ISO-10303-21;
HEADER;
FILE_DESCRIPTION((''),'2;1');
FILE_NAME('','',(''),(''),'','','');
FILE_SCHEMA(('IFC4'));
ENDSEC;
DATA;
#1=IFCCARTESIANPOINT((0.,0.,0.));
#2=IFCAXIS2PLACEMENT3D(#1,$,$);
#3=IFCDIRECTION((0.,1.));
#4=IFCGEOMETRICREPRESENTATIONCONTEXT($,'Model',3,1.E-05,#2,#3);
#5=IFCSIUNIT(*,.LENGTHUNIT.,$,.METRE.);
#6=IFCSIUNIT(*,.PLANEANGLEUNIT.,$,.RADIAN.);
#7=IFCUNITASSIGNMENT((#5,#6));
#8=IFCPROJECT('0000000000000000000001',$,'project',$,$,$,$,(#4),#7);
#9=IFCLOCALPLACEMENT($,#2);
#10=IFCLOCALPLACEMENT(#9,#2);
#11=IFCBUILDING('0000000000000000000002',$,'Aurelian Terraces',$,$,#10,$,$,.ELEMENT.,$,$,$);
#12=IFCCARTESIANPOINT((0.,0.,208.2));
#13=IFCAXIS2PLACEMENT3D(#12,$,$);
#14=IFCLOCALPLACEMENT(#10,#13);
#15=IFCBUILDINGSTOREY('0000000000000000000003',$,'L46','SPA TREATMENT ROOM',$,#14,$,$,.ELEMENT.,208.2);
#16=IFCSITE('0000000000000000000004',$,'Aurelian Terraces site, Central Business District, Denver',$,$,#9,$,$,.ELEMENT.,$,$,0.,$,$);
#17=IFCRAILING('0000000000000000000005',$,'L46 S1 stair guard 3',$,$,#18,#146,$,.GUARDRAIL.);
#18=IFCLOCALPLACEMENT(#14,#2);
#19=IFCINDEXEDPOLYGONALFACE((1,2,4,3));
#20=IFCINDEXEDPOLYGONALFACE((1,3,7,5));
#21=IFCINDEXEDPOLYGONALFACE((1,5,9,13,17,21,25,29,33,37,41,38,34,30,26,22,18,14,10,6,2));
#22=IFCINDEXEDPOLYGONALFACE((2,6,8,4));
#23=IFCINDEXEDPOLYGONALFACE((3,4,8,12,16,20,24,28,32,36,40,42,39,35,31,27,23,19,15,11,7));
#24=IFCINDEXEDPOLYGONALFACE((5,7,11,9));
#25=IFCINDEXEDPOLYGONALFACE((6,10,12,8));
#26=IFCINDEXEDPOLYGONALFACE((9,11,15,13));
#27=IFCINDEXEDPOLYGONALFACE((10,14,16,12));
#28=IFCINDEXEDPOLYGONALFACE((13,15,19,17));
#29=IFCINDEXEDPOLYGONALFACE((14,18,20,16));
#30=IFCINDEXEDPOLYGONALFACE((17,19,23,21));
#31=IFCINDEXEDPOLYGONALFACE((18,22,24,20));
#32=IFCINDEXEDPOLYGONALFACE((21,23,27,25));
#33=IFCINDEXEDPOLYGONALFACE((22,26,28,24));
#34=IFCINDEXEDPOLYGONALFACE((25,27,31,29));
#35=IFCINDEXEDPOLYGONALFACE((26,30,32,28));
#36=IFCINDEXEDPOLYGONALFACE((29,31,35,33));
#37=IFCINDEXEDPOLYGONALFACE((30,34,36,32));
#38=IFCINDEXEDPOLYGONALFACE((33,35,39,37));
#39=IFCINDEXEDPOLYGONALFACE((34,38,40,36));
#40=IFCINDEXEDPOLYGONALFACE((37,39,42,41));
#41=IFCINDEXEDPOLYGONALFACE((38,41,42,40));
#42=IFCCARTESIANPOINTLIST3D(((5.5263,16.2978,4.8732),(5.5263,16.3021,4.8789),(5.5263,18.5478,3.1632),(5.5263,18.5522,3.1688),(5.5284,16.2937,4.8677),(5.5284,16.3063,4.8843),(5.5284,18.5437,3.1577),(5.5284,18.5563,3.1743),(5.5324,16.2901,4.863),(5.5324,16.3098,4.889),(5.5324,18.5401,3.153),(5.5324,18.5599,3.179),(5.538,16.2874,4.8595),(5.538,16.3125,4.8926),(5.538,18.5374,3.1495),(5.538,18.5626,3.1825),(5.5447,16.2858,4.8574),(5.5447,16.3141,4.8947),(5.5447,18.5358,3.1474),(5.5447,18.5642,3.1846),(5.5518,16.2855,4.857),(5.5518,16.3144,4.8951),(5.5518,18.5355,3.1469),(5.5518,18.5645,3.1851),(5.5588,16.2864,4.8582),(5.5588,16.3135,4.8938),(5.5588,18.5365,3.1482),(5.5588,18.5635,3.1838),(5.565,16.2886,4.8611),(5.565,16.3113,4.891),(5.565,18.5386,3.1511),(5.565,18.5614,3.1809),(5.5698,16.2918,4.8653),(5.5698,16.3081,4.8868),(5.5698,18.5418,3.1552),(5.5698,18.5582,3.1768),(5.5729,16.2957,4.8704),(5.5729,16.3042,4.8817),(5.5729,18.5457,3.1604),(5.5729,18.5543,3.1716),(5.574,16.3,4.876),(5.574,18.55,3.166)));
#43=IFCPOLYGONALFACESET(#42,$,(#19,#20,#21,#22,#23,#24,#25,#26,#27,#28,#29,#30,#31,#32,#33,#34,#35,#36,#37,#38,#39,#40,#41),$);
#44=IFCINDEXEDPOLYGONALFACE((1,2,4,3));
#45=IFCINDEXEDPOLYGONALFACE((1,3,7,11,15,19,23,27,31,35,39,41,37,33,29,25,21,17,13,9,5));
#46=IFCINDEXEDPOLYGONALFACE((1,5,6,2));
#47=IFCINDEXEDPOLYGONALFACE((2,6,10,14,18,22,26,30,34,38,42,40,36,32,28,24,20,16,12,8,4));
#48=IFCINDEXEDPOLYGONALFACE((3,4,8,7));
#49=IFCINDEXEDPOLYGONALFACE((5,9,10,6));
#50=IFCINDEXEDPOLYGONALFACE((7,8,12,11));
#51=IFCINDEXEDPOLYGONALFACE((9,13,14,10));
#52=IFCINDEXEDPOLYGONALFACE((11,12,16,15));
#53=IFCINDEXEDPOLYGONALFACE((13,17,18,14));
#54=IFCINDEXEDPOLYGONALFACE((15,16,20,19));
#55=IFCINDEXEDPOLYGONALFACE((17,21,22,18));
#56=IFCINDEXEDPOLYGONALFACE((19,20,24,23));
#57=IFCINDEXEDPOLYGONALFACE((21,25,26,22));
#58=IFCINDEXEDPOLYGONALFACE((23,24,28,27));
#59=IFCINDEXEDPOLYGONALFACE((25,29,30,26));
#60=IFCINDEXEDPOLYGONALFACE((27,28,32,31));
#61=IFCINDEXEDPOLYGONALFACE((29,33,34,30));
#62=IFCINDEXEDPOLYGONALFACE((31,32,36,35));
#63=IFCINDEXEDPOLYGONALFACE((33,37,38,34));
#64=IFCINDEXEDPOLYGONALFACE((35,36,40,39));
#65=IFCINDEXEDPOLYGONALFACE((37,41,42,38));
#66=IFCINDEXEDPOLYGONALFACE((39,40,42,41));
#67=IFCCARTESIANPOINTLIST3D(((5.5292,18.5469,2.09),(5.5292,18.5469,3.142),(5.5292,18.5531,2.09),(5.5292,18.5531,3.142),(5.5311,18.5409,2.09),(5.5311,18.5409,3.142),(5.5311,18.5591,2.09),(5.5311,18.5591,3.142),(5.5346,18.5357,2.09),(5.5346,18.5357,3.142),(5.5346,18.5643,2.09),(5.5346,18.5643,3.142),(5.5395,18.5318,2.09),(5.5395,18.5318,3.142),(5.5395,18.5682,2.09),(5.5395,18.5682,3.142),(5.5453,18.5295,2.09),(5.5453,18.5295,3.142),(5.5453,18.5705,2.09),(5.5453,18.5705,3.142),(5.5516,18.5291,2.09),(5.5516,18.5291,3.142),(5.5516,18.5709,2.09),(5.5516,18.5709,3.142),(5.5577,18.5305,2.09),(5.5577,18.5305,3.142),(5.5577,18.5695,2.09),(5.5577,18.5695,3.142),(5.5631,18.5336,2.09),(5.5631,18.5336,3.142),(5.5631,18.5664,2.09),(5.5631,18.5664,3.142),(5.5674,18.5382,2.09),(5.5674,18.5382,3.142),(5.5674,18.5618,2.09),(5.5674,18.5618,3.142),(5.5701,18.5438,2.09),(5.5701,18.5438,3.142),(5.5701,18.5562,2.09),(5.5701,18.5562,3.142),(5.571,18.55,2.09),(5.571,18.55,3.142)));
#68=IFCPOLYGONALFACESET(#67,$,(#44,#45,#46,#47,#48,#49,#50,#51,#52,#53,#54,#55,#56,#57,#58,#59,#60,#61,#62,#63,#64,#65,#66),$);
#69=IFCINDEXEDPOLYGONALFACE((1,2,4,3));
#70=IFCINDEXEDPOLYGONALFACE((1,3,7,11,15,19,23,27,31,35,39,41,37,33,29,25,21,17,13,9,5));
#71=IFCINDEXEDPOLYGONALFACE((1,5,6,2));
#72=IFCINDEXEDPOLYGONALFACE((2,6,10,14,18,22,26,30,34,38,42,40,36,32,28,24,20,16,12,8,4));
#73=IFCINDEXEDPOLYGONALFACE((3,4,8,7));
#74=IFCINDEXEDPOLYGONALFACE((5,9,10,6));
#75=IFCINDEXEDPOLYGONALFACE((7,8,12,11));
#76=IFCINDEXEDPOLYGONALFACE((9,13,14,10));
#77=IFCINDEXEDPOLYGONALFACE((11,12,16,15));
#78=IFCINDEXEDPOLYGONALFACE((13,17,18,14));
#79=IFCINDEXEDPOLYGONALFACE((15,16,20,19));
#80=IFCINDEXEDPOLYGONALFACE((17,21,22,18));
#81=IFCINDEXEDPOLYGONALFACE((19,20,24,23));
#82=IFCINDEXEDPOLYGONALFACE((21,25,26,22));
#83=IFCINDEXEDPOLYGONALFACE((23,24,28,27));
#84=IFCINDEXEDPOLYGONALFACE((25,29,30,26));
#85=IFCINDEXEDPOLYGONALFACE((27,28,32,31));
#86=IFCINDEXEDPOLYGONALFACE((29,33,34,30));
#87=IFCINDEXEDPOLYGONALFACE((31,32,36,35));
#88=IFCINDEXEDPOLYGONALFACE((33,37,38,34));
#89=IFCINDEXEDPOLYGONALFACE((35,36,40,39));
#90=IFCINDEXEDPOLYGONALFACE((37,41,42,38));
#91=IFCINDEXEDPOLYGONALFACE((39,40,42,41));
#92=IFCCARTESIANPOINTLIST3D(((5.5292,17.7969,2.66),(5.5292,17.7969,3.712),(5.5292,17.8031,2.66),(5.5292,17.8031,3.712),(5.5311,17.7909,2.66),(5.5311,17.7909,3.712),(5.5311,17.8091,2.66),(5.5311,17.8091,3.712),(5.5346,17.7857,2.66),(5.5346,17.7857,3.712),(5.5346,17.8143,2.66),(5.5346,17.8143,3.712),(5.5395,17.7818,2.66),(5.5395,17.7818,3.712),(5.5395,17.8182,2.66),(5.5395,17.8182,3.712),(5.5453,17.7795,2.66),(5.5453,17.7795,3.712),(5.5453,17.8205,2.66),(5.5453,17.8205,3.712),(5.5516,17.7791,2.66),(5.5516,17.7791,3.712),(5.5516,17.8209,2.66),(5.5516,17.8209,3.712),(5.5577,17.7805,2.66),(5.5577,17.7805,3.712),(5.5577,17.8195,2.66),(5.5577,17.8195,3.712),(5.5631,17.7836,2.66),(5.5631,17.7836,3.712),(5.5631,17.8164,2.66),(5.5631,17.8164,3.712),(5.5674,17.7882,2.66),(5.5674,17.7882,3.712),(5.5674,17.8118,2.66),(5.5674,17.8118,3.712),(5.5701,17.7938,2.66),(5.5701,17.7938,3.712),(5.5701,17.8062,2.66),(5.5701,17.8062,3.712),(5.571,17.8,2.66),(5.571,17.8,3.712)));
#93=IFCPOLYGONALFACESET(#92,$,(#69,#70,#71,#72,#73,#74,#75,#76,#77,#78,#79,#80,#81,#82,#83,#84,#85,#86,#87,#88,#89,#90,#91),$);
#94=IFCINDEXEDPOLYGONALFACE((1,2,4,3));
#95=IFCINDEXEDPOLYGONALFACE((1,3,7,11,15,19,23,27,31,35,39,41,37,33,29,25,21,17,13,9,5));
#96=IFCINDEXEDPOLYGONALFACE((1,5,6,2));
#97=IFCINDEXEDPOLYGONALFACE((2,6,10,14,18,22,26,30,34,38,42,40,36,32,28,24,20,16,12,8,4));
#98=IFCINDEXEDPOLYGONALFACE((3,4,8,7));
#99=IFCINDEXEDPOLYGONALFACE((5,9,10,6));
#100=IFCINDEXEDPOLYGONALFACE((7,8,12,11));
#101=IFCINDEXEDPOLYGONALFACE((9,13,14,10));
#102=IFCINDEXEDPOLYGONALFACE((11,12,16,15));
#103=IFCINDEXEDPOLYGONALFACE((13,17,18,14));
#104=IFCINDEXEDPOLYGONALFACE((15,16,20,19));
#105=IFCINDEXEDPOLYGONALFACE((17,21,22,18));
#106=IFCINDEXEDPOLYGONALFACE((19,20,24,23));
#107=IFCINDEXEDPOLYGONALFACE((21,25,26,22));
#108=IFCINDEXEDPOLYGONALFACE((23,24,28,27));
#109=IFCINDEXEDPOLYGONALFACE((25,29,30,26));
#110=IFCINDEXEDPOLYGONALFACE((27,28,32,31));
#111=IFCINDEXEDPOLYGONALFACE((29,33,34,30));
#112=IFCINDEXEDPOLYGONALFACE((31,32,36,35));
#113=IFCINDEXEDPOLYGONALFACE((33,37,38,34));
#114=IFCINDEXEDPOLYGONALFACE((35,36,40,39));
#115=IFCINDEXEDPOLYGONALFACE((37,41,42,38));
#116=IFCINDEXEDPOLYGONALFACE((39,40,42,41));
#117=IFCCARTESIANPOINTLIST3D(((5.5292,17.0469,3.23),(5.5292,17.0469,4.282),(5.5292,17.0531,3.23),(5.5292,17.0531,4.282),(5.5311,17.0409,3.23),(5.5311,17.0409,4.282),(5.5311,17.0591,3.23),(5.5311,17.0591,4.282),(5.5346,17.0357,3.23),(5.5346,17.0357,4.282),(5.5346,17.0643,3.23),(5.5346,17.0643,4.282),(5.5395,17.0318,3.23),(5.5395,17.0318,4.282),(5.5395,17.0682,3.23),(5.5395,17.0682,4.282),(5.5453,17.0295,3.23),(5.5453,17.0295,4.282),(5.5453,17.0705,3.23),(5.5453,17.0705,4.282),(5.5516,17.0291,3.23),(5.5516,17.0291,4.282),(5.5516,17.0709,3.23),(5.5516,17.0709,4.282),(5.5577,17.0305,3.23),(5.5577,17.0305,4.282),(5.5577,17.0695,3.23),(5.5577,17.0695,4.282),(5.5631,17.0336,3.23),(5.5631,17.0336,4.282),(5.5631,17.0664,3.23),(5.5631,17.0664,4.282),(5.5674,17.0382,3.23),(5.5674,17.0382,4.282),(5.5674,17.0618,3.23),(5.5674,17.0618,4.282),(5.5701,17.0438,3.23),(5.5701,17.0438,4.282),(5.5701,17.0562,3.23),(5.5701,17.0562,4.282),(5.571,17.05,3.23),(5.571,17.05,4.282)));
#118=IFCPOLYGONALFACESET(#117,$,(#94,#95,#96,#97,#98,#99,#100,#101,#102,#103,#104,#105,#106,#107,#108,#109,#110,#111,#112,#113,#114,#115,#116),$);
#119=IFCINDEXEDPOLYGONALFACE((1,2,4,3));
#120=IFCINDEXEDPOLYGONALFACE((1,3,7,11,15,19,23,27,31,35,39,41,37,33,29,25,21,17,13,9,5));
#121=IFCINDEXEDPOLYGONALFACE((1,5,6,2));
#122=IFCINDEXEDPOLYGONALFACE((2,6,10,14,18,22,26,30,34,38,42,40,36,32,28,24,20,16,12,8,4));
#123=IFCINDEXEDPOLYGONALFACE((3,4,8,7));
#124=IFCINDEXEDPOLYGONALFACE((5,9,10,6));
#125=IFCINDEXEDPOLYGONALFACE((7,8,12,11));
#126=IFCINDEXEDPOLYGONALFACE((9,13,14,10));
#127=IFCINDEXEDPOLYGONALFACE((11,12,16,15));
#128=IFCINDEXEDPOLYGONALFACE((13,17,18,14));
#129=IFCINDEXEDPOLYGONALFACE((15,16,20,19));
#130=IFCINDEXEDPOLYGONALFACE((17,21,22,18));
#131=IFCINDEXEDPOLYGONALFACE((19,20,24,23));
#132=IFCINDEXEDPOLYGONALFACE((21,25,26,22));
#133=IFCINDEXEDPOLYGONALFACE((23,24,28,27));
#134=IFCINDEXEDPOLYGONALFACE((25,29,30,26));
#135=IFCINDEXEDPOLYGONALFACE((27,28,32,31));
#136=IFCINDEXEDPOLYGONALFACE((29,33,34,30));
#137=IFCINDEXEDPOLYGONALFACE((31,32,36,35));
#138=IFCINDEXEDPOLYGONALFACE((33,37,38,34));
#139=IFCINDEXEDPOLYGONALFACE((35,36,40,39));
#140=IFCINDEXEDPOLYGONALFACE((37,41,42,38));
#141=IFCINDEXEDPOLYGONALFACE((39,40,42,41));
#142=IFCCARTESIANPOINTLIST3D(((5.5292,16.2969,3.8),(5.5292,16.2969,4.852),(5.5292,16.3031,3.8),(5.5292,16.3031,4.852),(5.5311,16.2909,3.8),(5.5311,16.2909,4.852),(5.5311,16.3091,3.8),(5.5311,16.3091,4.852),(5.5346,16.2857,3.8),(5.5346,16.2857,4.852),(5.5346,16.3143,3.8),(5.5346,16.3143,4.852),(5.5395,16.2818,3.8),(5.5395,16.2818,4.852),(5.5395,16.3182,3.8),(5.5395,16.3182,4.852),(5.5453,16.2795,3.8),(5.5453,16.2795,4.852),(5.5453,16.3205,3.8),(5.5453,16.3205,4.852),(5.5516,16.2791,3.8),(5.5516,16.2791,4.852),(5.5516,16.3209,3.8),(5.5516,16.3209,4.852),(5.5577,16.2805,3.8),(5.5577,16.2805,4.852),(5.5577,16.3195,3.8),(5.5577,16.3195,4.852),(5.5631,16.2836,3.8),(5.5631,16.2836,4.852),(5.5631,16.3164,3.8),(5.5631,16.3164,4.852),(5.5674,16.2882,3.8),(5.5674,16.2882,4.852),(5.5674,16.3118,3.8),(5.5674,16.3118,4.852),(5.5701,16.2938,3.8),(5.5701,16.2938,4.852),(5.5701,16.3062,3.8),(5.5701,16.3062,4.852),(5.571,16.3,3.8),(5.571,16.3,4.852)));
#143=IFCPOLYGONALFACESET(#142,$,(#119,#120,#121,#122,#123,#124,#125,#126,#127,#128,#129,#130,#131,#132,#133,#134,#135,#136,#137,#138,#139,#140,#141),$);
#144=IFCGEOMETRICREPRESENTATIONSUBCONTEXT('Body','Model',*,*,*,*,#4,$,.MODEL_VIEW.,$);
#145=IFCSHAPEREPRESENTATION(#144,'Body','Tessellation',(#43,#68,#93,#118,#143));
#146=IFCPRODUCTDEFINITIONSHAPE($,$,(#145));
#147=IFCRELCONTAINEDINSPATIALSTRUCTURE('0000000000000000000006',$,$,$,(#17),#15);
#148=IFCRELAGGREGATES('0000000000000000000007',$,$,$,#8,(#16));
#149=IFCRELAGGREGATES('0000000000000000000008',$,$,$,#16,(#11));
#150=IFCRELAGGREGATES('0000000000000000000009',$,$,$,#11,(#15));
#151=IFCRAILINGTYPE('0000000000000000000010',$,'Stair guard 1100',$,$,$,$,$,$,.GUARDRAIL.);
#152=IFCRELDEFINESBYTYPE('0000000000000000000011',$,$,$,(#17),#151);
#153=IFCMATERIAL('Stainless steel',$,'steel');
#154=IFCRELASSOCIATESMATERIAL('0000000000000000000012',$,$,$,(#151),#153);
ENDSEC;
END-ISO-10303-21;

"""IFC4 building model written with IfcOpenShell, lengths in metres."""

from ifc_helpers import new_model, si_unit, direction, frame, origin, origin_2d, place, context, subcontext, project, spatial, circle, extrude, source, transform, mapped, material, type_object, element, save


model = new_model("IFC4")

# Units and contexts
model_context = context("Model", 3, precision=1e-05, world=origin(), true_north=direction((0.0, 1.0)))
body_context = subcontext(model_context, "Body", "Model", "MODEL_VIEW")
ifc_project = project(units=[si_unit("LENGTHUNIT", "METRE"), si_unit("PLANEANGLEUNIT", "RADIAN")], contexts=[model_context])

# Site, building, storey
site_placement = place(None, origin())
site = spatial("IfcSite", under=ifc_project, at=site_placement, Name="Aurelian Terraces site, Central Business District, Denver", CompositionType="ELEMENT", RefElevation=0.0)
building_placement = place(site_placement, origin())
building = spatial("IfcBuilding", under=site, at=building_placement, Name="Aurelian Terraces", CompositionType="ELEMENT")
storey_placement = place(building_placement, frame((0.0, 0.0, 208.2)))
storey = spatial("IfcBuildingStorey", under=building, at=storey_placement, Name="L46", Description="SPA TREATMENT ROOM", CompositionType="ELEMENT", Elevation=208.2)

# Railing
ifc_material_1 = material(Name="Stainless steel", Category="steel")
railing_type_1 = type_object("IfcRailingType", Name="Stair guard 1100", PredefinedType="GUARDRAIL", material=ifc_material_1)
shared_shape_1 = source(origin(), body_context, "Body", "SweptSolid", [
    extrude(circle(Radius=0.024, at=origin_2d()), frame((0.0, 0.0, 1.076), z_axis=(0.0, -0.796162, 0.605083), x_axis=(1.0, 0.0, 0.0)), (0.0, 0.0, 1.0), 2.8261),
    extrude(circle(Radius=0.021, at=origin_2d()), origin(), (0.0, 0.0, 1.0), 1.052),
    extrude(circle(Radius=0.021, at=origin_2d()), frame((0.0, -0.75, 0.57)), (0.0, 0.0, 1.0), 1.052),
    extrude(circle(Radius=0.021, at=origin_2d()), frame((0.0, -1.5, 1.14)), (0.0, 0.0, 1.0), 1.052),
    extrude(circle(Radius=0.021, at=origin_2d()), frame((0.0, -2.25, 1.71)), (0.0, 0.0, 1.0), 1.052),
])
railing_1_placement = place(storey_placement, frame((5.55, 18.55, 2.09)))
element("IfcRailing", 1, at=railing_1_placement, inside=storey, type_object=railing_type_1, Name="L46 S1 stair guard 3", PredefinedType="GUARDRAIL", context=body_context, shape_type="MappedRepresentation", body=[
    mapped(shared_shape_1, transform((0.0, 0.0, 0.0), scale=1.0)),
])

save(model, "model.ifc")
